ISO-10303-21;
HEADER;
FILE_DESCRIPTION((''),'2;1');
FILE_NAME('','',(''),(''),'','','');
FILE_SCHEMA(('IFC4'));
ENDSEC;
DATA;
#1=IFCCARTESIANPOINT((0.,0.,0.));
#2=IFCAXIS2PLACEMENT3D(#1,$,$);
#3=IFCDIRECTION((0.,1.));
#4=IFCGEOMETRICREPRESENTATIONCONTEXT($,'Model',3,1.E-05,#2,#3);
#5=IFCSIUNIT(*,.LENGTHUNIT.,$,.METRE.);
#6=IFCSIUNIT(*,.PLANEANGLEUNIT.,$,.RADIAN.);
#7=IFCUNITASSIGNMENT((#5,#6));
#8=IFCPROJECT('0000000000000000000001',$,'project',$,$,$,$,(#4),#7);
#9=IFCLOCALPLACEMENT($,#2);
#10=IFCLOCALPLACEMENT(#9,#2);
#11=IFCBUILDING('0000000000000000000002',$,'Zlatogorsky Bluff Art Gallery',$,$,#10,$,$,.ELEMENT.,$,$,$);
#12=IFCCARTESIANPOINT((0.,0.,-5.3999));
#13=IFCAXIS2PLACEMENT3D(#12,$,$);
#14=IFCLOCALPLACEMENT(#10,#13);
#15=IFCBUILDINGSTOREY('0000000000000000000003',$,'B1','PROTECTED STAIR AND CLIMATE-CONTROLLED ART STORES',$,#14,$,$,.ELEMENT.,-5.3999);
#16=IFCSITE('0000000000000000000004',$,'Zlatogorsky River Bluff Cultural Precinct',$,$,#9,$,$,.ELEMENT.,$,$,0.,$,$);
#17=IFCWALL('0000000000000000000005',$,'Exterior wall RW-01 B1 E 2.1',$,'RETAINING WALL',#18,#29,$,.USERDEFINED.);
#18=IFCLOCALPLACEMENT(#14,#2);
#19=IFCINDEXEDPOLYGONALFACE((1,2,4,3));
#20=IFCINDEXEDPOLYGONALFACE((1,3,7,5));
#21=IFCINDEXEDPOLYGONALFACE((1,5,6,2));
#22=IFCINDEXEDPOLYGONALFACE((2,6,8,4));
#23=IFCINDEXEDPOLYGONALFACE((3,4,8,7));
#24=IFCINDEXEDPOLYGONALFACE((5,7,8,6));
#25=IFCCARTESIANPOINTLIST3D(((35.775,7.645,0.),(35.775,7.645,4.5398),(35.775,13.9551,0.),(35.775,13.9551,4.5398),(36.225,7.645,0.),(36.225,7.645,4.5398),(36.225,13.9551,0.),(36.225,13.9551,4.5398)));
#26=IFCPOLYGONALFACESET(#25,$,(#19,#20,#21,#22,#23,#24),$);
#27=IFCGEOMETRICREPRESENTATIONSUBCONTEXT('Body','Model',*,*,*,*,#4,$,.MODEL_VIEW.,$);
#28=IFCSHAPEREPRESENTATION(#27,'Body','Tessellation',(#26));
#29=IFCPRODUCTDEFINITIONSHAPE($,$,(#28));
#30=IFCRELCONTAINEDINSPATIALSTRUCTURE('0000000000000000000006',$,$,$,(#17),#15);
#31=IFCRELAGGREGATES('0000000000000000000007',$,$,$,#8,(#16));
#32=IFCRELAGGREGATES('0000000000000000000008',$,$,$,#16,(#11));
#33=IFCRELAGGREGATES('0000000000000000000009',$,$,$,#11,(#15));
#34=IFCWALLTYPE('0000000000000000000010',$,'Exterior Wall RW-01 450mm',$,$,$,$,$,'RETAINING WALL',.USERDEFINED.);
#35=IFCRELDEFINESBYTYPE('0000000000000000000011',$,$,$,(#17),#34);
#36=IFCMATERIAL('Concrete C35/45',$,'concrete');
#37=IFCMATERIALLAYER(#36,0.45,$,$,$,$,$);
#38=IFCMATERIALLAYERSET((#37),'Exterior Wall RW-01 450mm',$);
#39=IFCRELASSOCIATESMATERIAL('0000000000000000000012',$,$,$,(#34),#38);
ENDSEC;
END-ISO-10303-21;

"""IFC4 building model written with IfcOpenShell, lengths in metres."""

from ifc_helpers import new_model, si_unit, direction, frame, frame_2d, origin, place, context, subcontext, project, spatial, rectangle, extrude, material, layer, layer_set, type_object, element, save


model = new_model("IFC4")

# Units and contexts
model_context = context("Model", 3, precision=1e-05, world=origin(), true_north=direction((0.0, 1.0)))
body_context = subcontext(model_context, "Body", "Model", "MODEL_VIEW")
ifc_project = project(units=[si_unit("LENGTHUNIT", "METRE"), si_unit("PLANEANGLEUNIT", "RADIAN")], contexts=[model_context])

# Site, building, storey
site_placement = place(None, origin())
site = spatial("IfcSite", under=ifc_project, at=site_placement, Name="Zlatogorsky River Bluff Cultural Precinct", CompositionType="ELEMENT", RefElevation=0.0)
building_placement = place(site_placement, origin())
building = spatial("IfcBuilding", under=site, at=building_placement, Name="Zlatogorsky Bluff Art Gallery", CompositionType="ELEMENT")
storey_placement = place(building_placement, frame((0.0, 0.0, -5.3999)))
storey = spatial("IfcBuildingStorey", under=building, at=storey_placement, Name="B1", Description="PROTECTED STAIR AND CLIMATE-CONTROLLED ART STORES", CompositionType="ELEMENT", Elevation=-5.3999)

# Shared definitions
ifc_material_1 = material(Name="Concrete C35/45", Category="concrete")

# Wall
ifc_layer = layer(ifc_material_1, 0.45)
ifc_layer_set = layer_set([ifc_layer], Name="Exterior Wall RW-01 450mm")
wall_type = type_object("IfcWallType", Name="Exterior Wall RW-01 450mm", ElementType="RETAINING WALL", PredefinedType="USERDEFINED", material=ifc_layer_set)
wall_1_placement = place(storey_placement, frame((36.0, 7.645, 0.0), z_axis=(0.0, 0.0, 1.0), x_axis=(0.0, 1.0, 0.0)))
element("IfcWall", 1, at=wall_1_placement, inside=storey, type_object=wall_type, Name="Exterior wall RW-01 B1 E 2.1", ObjectType="RETAINING WALL", PredefinedType="USERDEFINED", context=body_context, shape_type="SweptSolid", body=[
    extrude(rectangle(XDim=6.3101, YDim=0.45, at=frame_2d((3.155, 0.0))), origin(), (0.0, 0.0, 1.0), 4.5398),
])

save(model, "model.ifc")
